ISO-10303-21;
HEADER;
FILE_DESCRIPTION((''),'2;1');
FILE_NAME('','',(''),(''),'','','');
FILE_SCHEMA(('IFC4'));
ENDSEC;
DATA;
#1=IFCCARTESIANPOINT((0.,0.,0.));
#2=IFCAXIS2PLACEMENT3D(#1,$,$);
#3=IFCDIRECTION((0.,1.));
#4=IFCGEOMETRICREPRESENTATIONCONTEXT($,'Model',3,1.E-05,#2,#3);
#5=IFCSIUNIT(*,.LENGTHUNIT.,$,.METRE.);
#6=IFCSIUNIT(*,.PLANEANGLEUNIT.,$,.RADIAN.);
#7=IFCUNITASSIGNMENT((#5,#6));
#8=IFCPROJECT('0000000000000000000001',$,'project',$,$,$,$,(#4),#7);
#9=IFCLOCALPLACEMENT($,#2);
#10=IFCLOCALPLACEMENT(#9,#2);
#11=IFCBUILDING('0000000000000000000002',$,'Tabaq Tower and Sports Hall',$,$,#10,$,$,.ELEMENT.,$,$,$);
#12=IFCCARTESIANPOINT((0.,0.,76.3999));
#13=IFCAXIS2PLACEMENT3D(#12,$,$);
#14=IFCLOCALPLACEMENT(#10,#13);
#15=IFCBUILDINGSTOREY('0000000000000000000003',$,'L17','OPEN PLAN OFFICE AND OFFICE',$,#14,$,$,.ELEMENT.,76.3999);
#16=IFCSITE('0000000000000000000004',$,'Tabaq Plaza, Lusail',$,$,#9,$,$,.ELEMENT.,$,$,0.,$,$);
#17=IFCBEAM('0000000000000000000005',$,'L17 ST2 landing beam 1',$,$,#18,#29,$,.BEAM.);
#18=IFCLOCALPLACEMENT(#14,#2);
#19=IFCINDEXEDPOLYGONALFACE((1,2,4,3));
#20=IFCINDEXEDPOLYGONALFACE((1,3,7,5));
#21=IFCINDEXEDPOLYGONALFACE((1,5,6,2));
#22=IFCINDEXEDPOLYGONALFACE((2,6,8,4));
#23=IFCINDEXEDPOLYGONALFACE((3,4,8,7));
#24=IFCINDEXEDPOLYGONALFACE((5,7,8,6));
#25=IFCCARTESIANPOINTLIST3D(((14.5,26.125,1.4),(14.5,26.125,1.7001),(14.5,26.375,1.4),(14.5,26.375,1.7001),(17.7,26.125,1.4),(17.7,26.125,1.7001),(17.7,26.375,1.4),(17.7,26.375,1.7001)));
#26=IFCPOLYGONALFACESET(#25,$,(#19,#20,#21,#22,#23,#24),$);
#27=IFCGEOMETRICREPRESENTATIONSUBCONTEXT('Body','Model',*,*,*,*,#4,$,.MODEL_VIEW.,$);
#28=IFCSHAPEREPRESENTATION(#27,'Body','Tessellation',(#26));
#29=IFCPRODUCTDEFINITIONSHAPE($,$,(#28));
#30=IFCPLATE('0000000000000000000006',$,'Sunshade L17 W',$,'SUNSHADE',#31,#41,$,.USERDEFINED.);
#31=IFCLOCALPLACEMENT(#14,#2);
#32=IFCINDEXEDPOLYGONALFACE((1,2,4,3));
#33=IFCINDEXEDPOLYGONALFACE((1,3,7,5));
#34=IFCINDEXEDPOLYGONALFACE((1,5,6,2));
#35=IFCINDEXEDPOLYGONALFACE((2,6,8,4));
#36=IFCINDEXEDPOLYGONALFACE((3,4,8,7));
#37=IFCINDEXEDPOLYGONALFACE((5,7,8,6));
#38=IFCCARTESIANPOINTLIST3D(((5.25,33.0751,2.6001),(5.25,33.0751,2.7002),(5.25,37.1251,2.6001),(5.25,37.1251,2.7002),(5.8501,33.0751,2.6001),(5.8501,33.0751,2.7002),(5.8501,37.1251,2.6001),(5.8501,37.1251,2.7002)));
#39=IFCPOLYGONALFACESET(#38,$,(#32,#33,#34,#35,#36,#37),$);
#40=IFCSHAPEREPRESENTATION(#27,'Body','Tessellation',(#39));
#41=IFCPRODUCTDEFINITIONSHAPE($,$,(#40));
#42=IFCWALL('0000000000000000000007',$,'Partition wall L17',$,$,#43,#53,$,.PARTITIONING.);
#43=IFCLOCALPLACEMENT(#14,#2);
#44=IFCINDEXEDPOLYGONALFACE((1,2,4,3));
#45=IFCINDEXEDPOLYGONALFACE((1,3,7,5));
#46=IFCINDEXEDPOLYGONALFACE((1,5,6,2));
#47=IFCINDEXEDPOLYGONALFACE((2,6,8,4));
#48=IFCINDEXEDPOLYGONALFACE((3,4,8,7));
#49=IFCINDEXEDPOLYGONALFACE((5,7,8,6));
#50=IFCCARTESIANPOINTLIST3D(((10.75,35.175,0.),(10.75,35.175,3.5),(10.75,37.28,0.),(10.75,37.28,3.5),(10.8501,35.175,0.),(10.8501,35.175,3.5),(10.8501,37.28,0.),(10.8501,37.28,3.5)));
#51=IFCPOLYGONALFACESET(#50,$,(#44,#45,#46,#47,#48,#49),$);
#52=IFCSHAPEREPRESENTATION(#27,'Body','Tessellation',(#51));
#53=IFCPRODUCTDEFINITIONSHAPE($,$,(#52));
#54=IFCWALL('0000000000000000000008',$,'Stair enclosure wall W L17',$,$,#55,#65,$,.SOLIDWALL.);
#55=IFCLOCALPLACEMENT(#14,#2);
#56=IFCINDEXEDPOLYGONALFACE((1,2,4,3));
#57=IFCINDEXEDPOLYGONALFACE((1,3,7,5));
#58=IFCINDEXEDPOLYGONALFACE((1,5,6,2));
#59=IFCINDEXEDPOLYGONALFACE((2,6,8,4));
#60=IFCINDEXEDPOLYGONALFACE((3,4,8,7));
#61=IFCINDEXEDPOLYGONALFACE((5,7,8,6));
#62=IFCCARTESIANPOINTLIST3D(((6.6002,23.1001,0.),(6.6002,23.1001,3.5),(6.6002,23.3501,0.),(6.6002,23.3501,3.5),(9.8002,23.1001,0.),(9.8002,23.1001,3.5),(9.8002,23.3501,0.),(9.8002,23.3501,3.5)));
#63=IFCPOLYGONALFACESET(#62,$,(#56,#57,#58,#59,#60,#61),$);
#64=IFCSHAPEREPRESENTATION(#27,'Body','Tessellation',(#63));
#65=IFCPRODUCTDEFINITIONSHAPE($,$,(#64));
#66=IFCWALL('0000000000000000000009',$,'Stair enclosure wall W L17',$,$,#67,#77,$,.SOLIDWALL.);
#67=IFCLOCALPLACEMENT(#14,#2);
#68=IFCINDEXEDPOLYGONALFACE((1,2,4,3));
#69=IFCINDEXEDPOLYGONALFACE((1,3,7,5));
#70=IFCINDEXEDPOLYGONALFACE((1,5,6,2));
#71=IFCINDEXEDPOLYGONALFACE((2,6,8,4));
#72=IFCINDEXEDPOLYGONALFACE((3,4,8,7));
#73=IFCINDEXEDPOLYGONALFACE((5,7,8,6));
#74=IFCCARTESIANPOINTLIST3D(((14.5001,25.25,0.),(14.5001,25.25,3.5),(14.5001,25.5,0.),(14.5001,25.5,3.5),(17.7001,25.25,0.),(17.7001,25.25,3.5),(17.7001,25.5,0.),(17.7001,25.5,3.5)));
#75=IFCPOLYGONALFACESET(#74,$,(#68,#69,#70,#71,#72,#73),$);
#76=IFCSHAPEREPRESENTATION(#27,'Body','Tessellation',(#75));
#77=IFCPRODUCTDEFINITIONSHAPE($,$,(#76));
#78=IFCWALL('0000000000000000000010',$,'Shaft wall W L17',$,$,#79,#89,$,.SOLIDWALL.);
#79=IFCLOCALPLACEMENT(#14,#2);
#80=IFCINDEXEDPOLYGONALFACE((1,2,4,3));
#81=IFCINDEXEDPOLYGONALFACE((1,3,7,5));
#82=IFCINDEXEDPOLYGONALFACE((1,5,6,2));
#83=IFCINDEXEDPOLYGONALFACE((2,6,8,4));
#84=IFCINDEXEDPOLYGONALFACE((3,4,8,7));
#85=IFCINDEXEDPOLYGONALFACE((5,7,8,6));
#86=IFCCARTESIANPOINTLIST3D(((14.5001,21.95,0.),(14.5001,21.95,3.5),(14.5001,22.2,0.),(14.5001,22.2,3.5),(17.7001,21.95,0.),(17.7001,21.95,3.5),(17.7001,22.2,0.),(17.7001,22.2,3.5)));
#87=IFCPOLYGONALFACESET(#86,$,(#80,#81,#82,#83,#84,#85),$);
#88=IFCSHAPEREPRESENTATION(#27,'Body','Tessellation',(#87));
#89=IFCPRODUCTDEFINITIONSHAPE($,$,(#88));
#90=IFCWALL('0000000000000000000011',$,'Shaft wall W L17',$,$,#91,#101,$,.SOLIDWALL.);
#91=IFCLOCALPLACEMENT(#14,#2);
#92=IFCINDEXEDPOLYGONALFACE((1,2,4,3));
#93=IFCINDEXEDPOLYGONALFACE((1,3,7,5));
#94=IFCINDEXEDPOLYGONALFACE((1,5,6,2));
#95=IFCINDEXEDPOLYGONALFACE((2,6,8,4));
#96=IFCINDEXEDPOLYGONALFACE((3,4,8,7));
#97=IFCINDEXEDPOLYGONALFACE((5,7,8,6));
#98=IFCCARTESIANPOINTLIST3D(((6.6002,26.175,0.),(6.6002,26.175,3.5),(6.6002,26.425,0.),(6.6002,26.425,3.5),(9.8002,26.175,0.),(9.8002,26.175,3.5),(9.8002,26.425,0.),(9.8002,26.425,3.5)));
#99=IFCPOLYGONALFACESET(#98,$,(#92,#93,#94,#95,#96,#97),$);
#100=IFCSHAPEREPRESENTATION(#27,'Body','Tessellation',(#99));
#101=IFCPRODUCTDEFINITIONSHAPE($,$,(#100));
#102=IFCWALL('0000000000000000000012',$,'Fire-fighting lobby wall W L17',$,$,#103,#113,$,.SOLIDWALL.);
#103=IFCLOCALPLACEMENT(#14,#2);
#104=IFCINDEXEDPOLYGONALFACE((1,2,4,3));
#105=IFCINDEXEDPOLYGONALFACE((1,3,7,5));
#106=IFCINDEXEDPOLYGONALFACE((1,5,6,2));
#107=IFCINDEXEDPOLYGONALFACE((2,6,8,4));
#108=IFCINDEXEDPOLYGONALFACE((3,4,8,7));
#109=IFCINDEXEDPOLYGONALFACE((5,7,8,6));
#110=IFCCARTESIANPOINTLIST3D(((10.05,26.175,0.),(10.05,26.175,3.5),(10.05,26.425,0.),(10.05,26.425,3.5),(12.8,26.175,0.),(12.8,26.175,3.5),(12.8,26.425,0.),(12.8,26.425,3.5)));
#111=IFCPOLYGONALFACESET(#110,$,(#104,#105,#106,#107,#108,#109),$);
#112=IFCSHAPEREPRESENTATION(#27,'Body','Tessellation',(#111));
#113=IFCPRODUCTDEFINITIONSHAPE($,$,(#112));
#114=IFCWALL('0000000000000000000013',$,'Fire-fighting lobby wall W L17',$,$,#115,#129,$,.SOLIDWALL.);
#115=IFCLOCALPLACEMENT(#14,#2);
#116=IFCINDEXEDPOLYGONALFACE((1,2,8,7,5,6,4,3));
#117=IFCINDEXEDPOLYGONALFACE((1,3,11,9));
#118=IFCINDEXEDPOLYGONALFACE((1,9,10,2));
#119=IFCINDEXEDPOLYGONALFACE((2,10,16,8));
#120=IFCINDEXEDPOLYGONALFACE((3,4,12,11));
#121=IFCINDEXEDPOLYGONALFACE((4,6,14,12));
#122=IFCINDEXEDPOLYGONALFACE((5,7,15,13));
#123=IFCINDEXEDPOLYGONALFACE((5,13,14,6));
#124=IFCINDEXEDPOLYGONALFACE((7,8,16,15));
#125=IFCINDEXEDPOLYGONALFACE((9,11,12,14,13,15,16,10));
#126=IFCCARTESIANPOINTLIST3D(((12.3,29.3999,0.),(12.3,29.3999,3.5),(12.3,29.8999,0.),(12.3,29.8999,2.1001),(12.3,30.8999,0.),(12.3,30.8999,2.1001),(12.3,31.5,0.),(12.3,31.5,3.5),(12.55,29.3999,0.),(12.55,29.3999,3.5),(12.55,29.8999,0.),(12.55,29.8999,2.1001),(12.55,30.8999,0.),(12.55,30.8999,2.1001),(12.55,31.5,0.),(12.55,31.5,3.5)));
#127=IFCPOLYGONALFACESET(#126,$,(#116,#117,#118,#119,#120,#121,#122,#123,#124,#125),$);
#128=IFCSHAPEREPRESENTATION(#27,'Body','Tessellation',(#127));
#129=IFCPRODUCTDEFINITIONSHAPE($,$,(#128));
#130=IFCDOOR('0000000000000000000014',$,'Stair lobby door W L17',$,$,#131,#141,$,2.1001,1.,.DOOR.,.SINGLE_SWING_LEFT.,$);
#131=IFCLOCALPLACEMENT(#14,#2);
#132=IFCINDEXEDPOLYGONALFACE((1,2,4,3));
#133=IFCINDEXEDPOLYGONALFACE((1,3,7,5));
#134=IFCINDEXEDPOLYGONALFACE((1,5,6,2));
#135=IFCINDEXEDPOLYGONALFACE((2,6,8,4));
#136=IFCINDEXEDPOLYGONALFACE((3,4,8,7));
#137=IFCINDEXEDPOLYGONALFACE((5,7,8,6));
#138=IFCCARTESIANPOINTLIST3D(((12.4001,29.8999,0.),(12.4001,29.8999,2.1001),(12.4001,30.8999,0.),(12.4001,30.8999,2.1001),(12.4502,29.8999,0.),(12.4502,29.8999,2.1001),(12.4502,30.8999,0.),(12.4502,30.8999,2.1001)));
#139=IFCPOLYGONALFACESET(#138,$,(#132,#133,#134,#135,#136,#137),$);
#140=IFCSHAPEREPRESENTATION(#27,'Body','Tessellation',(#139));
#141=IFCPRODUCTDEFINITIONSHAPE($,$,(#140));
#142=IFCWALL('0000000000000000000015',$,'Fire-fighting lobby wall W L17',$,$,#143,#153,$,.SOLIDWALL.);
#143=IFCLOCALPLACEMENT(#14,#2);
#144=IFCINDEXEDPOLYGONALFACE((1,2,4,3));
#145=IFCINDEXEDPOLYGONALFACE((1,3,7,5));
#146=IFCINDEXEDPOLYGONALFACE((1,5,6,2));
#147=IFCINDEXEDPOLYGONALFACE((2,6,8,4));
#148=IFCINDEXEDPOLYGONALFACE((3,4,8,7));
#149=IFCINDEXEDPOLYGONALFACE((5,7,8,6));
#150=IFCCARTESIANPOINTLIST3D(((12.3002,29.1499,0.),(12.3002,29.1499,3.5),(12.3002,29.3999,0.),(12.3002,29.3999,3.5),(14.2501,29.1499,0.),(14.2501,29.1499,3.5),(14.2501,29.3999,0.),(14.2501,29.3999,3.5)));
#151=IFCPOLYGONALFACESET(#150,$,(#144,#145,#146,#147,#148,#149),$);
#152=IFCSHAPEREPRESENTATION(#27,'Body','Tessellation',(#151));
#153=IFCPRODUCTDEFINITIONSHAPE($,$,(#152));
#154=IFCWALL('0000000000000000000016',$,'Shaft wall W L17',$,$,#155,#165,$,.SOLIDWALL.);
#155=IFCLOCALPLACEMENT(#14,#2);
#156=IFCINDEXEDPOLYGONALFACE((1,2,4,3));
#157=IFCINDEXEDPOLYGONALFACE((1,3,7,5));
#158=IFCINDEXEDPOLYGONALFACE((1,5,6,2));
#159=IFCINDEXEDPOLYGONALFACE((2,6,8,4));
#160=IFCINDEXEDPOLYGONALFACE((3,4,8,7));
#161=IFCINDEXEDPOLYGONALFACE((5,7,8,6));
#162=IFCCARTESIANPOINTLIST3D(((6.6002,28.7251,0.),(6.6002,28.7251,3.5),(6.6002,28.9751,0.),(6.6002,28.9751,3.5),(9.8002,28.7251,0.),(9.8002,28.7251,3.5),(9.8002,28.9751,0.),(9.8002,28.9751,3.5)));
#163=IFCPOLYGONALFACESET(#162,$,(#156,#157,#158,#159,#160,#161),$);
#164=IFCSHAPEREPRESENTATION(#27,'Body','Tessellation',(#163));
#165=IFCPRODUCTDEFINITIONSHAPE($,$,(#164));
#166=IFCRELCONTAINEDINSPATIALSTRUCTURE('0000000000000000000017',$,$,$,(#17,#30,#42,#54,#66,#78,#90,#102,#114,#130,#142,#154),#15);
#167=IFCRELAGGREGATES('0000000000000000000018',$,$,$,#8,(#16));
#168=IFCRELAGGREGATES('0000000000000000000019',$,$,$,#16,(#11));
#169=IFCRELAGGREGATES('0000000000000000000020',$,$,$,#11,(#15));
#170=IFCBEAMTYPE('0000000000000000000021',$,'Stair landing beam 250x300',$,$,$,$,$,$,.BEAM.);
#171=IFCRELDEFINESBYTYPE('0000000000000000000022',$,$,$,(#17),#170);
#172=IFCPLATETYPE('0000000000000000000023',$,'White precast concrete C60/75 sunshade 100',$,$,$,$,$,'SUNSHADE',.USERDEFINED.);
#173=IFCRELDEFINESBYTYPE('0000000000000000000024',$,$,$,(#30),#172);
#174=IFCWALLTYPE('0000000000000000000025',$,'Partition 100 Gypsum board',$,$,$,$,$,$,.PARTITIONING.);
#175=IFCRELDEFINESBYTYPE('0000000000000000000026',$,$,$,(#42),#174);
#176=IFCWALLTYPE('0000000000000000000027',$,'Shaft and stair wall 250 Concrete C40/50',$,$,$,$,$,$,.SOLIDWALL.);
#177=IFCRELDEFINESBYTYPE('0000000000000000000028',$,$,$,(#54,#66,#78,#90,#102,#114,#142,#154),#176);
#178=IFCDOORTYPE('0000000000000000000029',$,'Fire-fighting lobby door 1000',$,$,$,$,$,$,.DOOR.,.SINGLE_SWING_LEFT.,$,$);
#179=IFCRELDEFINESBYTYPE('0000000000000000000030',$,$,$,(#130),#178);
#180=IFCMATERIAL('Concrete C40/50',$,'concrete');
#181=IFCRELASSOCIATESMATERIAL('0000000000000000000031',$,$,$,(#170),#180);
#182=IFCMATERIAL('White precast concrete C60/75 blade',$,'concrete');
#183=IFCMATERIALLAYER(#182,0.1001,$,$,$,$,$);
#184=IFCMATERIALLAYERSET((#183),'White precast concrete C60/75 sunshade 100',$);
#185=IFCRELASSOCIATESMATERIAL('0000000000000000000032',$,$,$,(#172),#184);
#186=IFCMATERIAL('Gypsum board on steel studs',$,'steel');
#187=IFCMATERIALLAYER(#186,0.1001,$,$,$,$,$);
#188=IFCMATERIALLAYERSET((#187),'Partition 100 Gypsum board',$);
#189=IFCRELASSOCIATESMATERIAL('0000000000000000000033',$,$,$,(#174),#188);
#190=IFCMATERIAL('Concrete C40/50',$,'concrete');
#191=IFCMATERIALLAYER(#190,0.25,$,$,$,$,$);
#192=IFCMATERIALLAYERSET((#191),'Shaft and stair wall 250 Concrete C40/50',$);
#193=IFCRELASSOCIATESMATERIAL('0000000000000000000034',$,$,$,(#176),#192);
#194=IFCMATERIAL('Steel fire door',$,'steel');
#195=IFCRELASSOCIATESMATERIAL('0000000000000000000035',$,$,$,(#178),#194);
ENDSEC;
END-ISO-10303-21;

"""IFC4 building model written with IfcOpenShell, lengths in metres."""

from ifc_helpers import new_model, si_unit, direction, frame, frame_2d, origin, origin_2d, place, context, subcontext, project, spatial, rectangle, extrude, material, layer, layer_set, material_profile, profile_set, type_object, element, fill, save


model = new_model("IFC4")

# Units and contexts
model_context = context("Model", 3, precision=1e-05, world=origin(), true_north=direction((0.0, 1.0)))
body_context = subcontext(model_context, "Body", "Model", "MODEL_VIEW")
ifc_project = project(units=[si_unit("LENGTHUNIT", "METRE"), si_unit("PLANEANGLEUNIT", "RADIAN")], contexts=[model_context])

# Site, building, storey
site_placement = place(None, origin())
site = spatial("IfcSite", under=ifc_project, at=site_placement, Name="Tabaq Plaza, Lusail", CompositionType="ELEMENT", RefElevation=0.0)
building_placement = place(site_placement, origin())
building = spatial("IfcBuilding", under=site, at=building_placement, Name="Tabaq Tower and Sports Hall", CompositionType="ELEMENT")
storey_placement = place(building_placement, frame((0.0, 0.0, 76.3999)))
storey = spatial("IfcBuildingStorey", under=building, at=storey_placement, Name="L17", Description="OPEN PLAN OFFICE AND OFFICE", CompositionType="ELEMENT", Elevation=76.3999)

# Beam
ifc_material_1 = material(Name="Concrete C40/50", Category="concrete")
ifc_material_profile = material_profile(ifc_material_1, rectangle(XDim=0.25, YDim=0.3, at=origin_2d()), Name="RC 250x300")
ifc_profile_set = profile_set([ifc_material_profile], Name="Concrete C40/50")
beam_type = type_object("IfcBeamType", Name="Stair landing beam 250x300", PredefinedType="BEAM", material=ifc_profile_set)
beam_placement = place(storey_placement, frame((14.5, 26.25, 1.55), z_axis=(1.0, 0.0, 0.0), x_axis=(0.0, 1.0, 0.0)))
element("IfcBeam", 1, at=beam_placement, inside=storey, type_object=beam_type, Name="L17 ST2 landing beam 1", PredefinedType="BEAM", context=body_context, shape_type="SweptSolid", body=[
    extrude(rectangle(XDim=0.25, YDim=0.3, at=origin_2d()), origin(), (0.0, 0.0, 1.0), 3.2),
])

# Plate
ifc_material_2 = material(Name="White precast concrete C60/75 blade", Category="concrete")
ifc_layer_1 = layer(ifc_material_2, 0.1001)
ifc_layer_set_1 = layer_set([ifc_layer_1], Name="White precast concrete C60/75 sunshade 100")
plate_type = type_object("IfcPlateType", Name="White precast concrete C60/75 sunshade 100", ElementType="SUNSHADE", PredefinedType="USERDEFINED", material=ifc_layer_set_1)
plate_placement = place(storey_placement, frame((5.55, 35.1001, 2.6001), z_axis=(0.0, 0.0, 1.0), x_axis=(0.0, -1.0, 0.0)))
element("IfcPlate", 2, at=plate_placement, inside=storey, type_object=plate_type, Name="Sunshade L17 W", ObjectType="SUNSHADE", PredefinedType="USERDEFINED", context=body_context, shape_type="SweptSolid", body=[
    extrude(rectangle(XDim=4.05, YDim=0.6001, at=origin_2d()), origin(), (0.0, 0.0, 1.0), 0.1001),
])

# Walls
ifc_material_3 = material(Name="Gypsum board on steel studs", Category="steel")
ifc_layer_2 = layer(ifc_material_3, 0.1001)
ifc_layer_set_2 = layer_set([ifc_layer_2], Name="Partition 100 Gypsum board")
wall_type_1 = type_object("IfcWallType", Name="Partition 100 Gypsum board", PredefinedType="PARTITIONING", material=ifc_layer_set_2)
wall_1_placement = place(storey_placement, frame((10.8, 35.175, 0.0), z_axis=(0.0, 0.0, 1.0), x_axis=(0.0, 1.0, 0.0)))
element("IfcWall", 3, at=wall_1_placement, inside=storey, type_object=wall_type_1, Name="Partition wall L17", PredefinedType="PARTITIONING", context=body_context, shape_type="SweptSolid", body=[
    extrude(rectangle(XDim=2.105, YDim=0.1001, at=frame_2d((1.0525, 0.0))), origin(), (0.0, 0.0, 1.0), 3.5),
])
ifc_material_4 = material(Name="Concrete C40/50", Category="concrete")
ifc_layer_3 = layer(ifc_material_4, 0.25)
ifc_layer_set_3 = layer_set([ifc_layer_3], Name="Shaft and stair wall 250 Concrete C40/50")
wall_type_2 = type_object("IfcWallType", Name="Shaft and stair wall 250 Concrete C40/50", PredefinedType="SOLIDWALL", material=ifc_layer_set_3)
for number, where, z_axis, x_axis, name in (
    (4, (6.6001, 23.2251, 0.0), (0.0, 0.0, 1.0), (1.0, 0.0, 0.0), "Stair enclosure wall W L17"),
    (5, (14.5, 25.375, 0.0), (0.0, 0.0, 1.0), (1.0, 0.0, 0.0), "Stair enclosure wall W L17"),
    (6, (14.5, 22.075, 0.0), (0.0, 0.0, 1.0), (1.0, 0.0, 0.0), "Shaft wall W L17"),
    (7, (6.6001, 26.3, 0.0), (0.0, 0.0, 1.0), (1.0, 0.0, 0.0), "Shaft wall W L17"),
):
    element("IfcWall", number, at=place(storey_placement, frame(where, z_axis=z_axis, x_axis=x_axis)), inside=storey, type_object=wall_type_2, Name=name, PredefinedType="SOLIDWALL", context=body_context, shape_type="SweptSolid", body=[
        extrude(rectangle(XDim=3.2, YDim=0.25, at=frame_2d((1.6001, 0.0))), origin(), (0.0, 0.0, 1.0), 3.5),
    ])
wall_2_placement = place(storey_placement, frame((10.05, 26.3, 0.0), z_axis=(0.0, 0.0, 1.0), x_axis=(1.0, 0.0, 0.0)))
element("IfcWall", 8, at=wall_2_placement, inside=storey, type_object=wall_type_2, Name="Fire-fighting lobby wall W L17", PredefinedType="SOLIDWALL", context=body_context, shape_type="SweptSolid", body=[
    extrude(rectangle(XDim=2.75, YDim=0.25, at=frame_2d((1.375, 0.0))), origin(), (0.0, 0.0, 1.0), 3.5),
])

# Wall, opening, door
wall_3_placement = place(storey_placement, frame((12.425, 29.3999, 0.0), z_axis=(0.0, 0.0, 1.0), x_axis=(0.0, 1.0, 0.0)))
wall_3 = element("IfcWall", 9, at=wall_3_placement, inside=storey, type_object=wall_type_2, Name="Fire-fighting lobby wall W L17", PredefinedType="SOLIDWALL", context=body_context, shape_type="SweptSolid", body=[
    extrude(rectangle(XDim=2.1001, YDim=0.25, at=frame_2d((1.05, 0.0))), origin(), (0.0, 0.0, 1.0), 3.5),
])
opening_1_placement = place(wall_3_placement, frame((0.5, 0.0, 0.0)))
opening_1 = element("IfcOpeningElement", 10, at=opening_1_placement, cuts=wall_3, PredefinedType="OPENING", context=body_context, shape_type="SweptSolid", body=[
    extrude(rectangle(XDim=1.0, YDim=2.1001, at=frame_2d((0.5, 1.05))), frame((0.0, 0.125, 0.0), z_axis=(0.0, -1.0, 0.0), x_axis=(1.0, 0.0, 0.0)), (0.0, 0.0, 1.0), 0.25),
])
ifc_material_5 = material(Name="Steel fire door", Category="steel")
door_type_1 = type_object("IfcDoorType", Name="Fire-fighting lobby door 1000", OperationType="SINGLE_SWING_LEFT", PredefinedType="DOOR", material=ifc_material_5)
door_1_placement = place(opening_1_placement, origin())
door_1 = element("IfcDoor", 11, at=door_1_placement, inside=storey, type_object=door_type_1, Name="Stair lobby door W L17", OperationType="SINGLE_SWING_LEFT", OverallHeight=2.1001, OverallWidth=1.0, PredefinedType="DOOR", context=body_context, shape_type="SweptSolid", body=[
    extrude(rectangle(XDim=1.0, YDim=2.1001, at=frame_2d((0.5, 1.05))), frame((0.0, 0.0249, 0.0), z_axis=(0.0, -1.0, 0.0), x_axis=(1.0, 0.0, 0.0)), (0.0, 0.0, 1.0), 0.05),
])
fill(opening_1, door_1)

# Walls
wall_4_placement = place(storey_placement, frame((12.3, 29.2749, 0.0), z_axis=(0.0, 0.0, 1.0), x_axis=(1.0, 0.0, 0.0)))
element("IfcWall", 12, at=wall_4_placement, inside=storey, type_object=wall_type_2, Name="Fire-fighting lobby wall W L17", PredefinedType="SOLIDWALL", context=body_context, shape_type="SweptSolid", body=[
    extrude(rectangle(XDim=1.95, YDim=0.25, at=frame_2d((0.9751, 0.0))), origin(), (0.0, 0.0, 1.0), 3.5),
])
wall_5_placement = place(storey_placement, frame((6.6001, 28.8501, 0.0), z_axis=(0.0, 0.0, 1.0), x_axis=(1.0, 0.0, 0.0)))
element("IfcWall", 13, at=wall_5_placement, inside=storey, type_object=wall_type_2, Name="Shaft wall W L17", PredefinedType="SOLIDWALL", context=body_context, shape_type="SweptSolid", body=[
    extrude(rectangle(XDim=3.2, YDim=0.25, at=frame_2d((1.6001, 0.0))), origin(), (0.0, 0.0, 1.0), 3.5),
])

save(model, "model.ifc")
